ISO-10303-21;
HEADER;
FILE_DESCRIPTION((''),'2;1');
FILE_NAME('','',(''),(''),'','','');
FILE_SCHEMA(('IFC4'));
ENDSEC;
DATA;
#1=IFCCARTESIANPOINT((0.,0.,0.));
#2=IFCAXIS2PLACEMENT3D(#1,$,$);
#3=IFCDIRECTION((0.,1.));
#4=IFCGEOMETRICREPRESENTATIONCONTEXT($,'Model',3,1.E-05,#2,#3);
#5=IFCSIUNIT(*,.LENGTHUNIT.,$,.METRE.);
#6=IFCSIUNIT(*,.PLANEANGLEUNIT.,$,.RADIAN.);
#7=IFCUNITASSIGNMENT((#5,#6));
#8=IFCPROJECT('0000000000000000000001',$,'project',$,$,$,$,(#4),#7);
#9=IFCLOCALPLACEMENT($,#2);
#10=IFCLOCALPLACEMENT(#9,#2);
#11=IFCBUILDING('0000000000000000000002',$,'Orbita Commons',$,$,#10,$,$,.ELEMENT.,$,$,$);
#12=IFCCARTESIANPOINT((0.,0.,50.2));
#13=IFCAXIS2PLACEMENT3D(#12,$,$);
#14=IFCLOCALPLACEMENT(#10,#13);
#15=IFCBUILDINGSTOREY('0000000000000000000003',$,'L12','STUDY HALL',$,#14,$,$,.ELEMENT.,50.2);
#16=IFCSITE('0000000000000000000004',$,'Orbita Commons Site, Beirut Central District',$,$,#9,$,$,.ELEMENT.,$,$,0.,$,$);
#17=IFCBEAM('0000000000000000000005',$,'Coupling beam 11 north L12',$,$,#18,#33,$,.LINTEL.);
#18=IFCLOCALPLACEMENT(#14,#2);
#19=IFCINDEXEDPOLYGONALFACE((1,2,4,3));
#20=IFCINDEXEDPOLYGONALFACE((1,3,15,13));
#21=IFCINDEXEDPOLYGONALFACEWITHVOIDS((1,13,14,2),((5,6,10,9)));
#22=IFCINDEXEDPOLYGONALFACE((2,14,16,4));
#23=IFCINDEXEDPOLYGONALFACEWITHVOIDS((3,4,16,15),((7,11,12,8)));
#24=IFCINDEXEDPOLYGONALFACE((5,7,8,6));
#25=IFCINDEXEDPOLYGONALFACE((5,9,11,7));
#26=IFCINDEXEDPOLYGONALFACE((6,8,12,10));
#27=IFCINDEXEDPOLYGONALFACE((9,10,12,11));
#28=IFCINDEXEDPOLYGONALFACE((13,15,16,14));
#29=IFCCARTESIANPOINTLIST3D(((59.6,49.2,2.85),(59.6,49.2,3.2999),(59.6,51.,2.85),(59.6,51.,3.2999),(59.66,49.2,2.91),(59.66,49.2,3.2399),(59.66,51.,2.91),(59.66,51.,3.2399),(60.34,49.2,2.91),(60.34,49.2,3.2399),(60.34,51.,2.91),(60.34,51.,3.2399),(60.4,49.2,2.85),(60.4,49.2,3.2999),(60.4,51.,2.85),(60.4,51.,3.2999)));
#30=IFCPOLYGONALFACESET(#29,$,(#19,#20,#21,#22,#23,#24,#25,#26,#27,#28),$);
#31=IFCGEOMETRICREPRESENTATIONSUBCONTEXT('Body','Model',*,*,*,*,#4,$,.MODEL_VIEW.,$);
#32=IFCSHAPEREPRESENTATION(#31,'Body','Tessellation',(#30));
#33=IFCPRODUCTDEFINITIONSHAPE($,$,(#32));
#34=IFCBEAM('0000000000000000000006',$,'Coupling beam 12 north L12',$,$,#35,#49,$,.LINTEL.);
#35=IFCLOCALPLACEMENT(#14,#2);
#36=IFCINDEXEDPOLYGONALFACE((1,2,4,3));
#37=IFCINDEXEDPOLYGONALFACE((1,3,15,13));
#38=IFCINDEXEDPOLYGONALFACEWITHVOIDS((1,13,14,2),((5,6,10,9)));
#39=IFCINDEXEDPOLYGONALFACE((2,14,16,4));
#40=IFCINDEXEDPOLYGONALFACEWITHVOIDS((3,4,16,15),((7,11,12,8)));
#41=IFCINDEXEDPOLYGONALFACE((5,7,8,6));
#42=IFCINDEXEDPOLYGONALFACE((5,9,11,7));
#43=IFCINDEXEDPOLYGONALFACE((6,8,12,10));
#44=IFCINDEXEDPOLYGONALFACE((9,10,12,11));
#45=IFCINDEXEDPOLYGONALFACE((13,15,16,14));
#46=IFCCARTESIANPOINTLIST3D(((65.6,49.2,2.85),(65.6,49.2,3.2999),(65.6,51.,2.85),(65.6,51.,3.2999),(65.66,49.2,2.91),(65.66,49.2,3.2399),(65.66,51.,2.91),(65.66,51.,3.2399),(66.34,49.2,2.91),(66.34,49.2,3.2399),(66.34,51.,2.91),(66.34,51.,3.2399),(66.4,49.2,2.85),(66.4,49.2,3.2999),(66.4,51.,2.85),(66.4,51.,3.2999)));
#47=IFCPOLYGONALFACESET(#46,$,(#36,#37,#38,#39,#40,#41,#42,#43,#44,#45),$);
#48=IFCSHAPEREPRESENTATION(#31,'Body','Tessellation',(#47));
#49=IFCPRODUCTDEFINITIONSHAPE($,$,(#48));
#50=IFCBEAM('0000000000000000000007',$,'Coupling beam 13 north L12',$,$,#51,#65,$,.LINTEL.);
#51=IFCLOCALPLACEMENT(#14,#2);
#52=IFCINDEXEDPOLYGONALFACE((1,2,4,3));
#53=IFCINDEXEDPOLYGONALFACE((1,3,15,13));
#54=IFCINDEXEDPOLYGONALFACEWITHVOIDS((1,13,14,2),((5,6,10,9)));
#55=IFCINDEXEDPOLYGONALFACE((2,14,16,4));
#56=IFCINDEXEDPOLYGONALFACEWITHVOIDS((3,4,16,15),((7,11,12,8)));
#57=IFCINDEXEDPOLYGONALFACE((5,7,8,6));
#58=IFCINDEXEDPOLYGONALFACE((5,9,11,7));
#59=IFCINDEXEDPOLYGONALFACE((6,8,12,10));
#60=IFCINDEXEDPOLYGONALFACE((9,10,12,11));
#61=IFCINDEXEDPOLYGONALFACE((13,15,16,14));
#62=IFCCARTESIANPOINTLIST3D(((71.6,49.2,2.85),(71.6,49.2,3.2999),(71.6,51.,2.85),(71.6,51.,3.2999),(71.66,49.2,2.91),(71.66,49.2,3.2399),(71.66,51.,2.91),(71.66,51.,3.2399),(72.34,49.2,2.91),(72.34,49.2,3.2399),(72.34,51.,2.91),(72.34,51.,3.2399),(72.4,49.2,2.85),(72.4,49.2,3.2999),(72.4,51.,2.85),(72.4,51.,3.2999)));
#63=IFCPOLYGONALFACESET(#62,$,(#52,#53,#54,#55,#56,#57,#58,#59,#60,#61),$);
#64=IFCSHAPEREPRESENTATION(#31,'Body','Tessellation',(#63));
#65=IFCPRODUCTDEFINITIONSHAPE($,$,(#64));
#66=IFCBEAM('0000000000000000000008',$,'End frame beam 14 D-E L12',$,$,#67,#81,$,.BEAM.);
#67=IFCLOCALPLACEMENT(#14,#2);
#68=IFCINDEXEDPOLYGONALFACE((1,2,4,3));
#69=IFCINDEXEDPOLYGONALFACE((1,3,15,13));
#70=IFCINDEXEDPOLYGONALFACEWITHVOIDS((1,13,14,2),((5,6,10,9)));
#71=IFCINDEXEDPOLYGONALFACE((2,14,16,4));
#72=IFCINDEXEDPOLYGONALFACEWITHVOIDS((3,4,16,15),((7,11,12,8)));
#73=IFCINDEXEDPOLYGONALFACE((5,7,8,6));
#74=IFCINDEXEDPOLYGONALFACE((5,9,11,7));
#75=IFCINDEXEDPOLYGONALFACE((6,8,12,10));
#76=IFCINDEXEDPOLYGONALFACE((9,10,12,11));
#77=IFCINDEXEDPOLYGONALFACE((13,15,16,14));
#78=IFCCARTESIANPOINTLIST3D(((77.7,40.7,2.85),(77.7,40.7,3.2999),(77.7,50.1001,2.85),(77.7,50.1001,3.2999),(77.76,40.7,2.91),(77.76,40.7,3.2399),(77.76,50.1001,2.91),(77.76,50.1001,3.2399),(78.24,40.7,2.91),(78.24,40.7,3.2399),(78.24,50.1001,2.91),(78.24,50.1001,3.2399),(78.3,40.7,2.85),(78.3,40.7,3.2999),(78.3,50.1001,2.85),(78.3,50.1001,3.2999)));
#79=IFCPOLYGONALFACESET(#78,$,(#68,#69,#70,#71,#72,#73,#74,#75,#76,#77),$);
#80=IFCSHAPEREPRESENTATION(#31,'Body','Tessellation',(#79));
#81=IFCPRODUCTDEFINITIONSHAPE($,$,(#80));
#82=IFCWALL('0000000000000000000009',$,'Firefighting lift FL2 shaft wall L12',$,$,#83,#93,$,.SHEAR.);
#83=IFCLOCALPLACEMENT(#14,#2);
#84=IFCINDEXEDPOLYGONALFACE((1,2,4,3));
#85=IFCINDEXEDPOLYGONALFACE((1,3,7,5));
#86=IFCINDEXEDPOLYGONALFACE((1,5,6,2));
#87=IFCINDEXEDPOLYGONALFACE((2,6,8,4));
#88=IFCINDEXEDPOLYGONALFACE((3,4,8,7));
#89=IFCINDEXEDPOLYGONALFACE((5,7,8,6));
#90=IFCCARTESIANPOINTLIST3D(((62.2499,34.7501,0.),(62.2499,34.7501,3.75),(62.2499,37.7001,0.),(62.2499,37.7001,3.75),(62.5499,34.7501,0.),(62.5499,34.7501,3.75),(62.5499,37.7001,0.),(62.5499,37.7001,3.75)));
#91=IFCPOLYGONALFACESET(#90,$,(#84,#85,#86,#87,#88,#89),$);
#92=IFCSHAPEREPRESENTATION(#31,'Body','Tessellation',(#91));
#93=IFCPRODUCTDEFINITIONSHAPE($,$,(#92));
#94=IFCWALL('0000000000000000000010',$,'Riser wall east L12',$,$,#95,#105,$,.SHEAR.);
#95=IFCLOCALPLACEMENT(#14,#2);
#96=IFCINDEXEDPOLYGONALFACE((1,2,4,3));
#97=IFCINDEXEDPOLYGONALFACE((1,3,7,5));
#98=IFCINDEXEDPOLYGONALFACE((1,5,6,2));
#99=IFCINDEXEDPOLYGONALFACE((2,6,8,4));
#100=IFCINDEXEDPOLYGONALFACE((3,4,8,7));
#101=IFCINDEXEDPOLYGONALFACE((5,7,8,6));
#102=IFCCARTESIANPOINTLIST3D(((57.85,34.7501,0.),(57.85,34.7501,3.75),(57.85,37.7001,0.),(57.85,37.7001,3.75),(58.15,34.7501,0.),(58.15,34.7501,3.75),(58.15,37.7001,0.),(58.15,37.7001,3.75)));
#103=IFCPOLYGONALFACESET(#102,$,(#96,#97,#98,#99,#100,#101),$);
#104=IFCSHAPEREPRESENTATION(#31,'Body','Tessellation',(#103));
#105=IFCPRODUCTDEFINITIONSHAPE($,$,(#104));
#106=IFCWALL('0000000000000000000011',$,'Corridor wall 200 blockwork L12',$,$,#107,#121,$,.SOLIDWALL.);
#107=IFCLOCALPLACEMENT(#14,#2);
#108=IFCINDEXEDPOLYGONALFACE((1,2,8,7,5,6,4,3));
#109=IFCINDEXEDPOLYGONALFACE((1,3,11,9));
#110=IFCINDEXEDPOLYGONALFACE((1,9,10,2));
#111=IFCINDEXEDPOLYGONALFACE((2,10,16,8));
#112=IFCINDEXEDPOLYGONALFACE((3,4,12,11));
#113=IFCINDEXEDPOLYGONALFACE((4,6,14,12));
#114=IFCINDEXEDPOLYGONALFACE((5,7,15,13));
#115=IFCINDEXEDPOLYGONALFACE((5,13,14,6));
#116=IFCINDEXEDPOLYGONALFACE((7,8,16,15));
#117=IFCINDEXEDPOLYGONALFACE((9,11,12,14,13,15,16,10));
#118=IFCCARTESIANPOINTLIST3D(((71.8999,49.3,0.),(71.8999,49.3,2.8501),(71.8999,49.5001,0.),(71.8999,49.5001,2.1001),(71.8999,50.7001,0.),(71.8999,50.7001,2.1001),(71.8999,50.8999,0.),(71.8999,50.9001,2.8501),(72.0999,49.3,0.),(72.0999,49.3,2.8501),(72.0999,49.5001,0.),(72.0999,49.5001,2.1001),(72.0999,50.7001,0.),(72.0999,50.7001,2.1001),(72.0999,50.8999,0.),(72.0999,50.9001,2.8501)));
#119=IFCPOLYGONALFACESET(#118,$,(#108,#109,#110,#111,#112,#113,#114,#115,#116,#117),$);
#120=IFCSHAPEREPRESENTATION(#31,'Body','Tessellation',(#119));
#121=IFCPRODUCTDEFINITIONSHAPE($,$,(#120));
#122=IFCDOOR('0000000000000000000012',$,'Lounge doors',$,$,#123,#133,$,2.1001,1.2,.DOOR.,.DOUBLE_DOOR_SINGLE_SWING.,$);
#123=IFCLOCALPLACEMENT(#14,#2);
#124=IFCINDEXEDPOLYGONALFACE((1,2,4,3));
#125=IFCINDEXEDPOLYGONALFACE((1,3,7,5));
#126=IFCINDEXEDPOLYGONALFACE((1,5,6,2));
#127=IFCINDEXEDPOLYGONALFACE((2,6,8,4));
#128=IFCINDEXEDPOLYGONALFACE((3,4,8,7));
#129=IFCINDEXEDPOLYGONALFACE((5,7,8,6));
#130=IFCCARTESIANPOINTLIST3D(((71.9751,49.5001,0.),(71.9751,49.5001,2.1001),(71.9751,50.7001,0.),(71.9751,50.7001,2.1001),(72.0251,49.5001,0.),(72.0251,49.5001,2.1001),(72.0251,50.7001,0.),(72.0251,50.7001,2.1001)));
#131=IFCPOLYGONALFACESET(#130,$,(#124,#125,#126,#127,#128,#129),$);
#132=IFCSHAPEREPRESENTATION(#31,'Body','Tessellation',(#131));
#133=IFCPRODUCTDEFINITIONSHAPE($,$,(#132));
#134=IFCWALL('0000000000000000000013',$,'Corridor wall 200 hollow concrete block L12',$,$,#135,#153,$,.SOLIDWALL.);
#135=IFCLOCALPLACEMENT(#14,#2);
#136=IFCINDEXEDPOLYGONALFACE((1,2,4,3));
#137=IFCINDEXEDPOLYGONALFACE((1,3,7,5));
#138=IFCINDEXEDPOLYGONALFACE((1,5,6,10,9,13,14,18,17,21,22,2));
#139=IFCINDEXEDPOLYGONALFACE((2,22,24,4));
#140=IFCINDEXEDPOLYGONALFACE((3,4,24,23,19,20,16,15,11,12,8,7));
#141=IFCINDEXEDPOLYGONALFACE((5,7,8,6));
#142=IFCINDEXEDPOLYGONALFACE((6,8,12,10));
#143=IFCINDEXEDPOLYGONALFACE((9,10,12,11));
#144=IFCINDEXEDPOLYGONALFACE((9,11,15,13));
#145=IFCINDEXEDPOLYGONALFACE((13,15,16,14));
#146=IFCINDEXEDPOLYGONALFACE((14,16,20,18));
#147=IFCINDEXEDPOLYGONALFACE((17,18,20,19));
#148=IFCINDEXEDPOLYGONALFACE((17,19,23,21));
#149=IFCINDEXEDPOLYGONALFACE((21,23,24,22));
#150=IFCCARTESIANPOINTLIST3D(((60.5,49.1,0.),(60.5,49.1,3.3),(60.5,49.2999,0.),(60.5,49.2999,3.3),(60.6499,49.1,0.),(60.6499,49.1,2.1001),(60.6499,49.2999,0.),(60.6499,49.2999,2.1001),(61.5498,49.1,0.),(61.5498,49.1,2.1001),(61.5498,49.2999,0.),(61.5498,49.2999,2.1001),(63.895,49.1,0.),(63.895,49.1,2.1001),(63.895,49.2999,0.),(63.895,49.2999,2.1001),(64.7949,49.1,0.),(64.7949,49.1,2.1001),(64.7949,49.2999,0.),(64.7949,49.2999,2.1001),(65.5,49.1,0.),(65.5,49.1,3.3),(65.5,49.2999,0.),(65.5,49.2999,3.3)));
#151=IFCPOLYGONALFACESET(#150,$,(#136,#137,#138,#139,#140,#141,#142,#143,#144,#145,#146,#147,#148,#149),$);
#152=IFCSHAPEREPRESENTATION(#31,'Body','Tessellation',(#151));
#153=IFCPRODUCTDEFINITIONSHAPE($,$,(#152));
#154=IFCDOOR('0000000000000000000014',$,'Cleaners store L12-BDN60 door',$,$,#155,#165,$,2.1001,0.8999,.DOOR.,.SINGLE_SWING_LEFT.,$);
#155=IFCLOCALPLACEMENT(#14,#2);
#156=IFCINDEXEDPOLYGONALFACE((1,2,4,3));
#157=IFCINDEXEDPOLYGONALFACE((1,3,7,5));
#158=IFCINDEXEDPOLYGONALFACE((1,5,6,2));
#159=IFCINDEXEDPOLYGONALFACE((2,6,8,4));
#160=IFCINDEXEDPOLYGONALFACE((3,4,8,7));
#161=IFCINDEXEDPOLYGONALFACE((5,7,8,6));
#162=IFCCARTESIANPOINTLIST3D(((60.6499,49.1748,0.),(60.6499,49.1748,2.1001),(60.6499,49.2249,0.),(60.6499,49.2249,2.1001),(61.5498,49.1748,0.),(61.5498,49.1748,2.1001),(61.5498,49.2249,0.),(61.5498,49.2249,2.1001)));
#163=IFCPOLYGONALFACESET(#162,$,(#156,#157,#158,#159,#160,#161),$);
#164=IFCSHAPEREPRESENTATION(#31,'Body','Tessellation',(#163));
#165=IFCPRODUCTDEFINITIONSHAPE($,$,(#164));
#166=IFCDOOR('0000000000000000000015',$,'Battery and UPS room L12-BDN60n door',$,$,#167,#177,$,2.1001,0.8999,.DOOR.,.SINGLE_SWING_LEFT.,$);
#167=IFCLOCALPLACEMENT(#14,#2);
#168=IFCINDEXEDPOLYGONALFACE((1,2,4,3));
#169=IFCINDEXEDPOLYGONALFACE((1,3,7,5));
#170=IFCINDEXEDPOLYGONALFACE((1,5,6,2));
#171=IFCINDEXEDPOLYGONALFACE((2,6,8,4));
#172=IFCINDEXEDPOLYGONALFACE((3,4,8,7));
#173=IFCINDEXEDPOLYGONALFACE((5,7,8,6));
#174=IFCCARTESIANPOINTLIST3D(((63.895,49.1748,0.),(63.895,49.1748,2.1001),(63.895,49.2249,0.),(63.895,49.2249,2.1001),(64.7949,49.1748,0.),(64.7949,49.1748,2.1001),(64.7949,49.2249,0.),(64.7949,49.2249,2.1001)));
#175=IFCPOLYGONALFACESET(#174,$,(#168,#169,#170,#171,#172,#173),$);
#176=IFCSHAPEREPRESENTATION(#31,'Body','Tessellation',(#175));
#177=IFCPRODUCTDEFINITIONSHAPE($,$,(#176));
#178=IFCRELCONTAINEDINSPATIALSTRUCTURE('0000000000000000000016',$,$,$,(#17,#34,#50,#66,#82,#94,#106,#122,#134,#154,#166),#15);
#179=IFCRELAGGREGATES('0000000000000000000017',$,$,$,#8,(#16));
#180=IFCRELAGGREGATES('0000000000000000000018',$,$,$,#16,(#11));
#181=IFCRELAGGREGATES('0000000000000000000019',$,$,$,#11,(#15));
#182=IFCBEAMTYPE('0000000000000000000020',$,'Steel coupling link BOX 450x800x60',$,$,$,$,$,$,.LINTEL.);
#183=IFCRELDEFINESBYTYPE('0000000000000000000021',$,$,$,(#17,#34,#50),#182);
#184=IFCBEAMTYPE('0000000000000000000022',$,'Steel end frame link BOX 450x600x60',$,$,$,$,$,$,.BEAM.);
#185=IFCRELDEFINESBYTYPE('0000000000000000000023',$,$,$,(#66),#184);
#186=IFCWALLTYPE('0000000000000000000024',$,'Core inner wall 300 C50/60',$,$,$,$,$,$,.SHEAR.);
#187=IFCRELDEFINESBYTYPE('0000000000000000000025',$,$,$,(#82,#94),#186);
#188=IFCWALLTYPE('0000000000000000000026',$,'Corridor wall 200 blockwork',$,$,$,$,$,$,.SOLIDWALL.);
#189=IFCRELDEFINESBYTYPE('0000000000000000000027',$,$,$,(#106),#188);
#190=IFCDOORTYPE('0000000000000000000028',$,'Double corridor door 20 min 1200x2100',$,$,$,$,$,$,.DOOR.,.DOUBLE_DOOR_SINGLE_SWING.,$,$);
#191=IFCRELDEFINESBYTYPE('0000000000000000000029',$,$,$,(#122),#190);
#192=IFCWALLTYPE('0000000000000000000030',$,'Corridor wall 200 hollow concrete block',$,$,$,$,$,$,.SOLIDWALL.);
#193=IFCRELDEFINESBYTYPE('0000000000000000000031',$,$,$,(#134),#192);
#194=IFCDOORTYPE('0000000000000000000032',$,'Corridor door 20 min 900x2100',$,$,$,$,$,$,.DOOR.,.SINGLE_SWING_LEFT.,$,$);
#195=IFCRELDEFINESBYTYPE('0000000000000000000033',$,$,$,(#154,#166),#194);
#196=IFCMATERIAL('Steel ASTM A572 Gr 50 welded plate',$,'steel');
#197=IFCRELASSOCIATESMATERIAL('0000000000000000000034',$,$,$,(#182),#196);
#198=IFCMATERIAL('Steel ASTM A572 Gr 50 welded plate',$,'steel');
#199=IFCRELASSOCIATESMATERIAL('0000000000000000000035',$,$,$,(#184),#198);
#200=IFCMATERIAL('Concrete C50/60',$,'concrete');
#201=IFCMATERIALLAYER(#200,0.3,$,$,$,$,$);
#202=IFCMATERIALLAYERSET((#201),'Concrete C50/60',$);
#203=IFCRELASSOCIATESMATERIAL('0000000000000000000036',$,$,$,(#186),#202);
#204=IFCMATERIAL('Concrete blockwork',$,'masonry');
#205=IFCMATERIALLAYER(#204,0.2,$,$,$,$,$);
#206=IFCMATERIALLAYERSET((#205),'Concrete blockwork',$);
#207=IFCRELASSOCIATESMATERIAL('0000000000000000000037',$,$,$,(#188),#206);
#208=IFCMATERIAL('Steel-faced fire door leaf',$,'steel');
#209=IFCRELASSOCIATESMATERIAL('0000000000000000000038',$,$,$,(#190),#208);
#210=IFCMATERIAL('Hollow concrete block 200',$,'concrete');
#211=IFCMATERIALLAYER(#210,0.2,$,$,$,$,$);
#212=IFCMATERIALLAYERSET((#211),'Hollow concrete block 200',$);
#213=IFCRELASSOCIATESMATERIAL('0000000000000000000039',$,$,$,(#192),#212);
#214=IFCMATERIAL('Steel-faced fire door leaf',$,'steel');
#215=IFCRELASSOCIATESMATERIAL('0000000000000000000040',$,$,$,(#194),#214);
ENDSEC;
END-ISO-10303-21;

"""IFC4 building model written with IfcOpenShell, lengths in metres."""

from ifc_helpers import new_model, si_unit, direction, frame, frame_2d, origin, origin_2d, place, context, subcontext, project, spatial, polyline, rectangle, hollow_rectangle, outline, extrude, material, layer, layer_set, material_profile, profile_set, type_object, element, fill, save


model = new_model("IFC4")

# Units and contexts
model_context = context("Model", 3, precision=1e-05, world=origin(), true_north=direction((0.0, 1.0)))
body_context = subcontext(model_context, "Body", "Model", "MODEL_VIEW")
ifc_project = project(units=[si_unit("LENGTHUNIT", "METRE"), si_unit("PLANEANGLEUNIT", "RADIAN")], contexts=[model_context])

# Site, building, storey
site_placement = place(None, origin())
site = spatial("IfcSite", under=ifc_project, at=site_placement, Name="Orbita Commons Site, Beirut Central District", CompositionType="ELEMENT", RefElevation=0.0)
building_placement = place(site_placement, origin())
building = spatial("IfcBuilding", under=site, at=building_placement, Name="Orbita Commons", CompositionType="ELEMENT")
storey_placement = place(building_placement, frame((0.0, 0.0, 50.2)))
storey = spatial("IfcBuildingStorey", under=building, at=storey_placement, Name="L12", Description="STUDY HALL", CompositionType="ELEMENT", Elevation=50.2)

# Beams
ifc_material_1 = material(Name="Steel ASTM A572 Gr 50 welded plate", Category="steel")
ifc_material_profile_1 = material_profile(ifc_material_1, hollow_rectangle(XDim=0.8, YDim=0.45, WallThickness=0.0601, at=origin_2d()), Name="BOX 450x800x60")
ifc_profile_set_1 = profile_set([ifc_material_profile_1], Name="Steel ASTM A572 Gr 50 welded plate")
beam_type_1 = type_object("IfcBeamType", Name="Steel coupling link BOX 450x800x60", PredefinedType="LINTEL", material=ifc_profile_set_1)
for number, where, z_axis, x_axis, name in (
    (1, (60.0, 49.2, 3.075), (0.0, 1.0, 0.0), (-1.0, 0.0, 0.0), "Coupling beam 11 north L12"),
    (2, (66.0, 49.2, 3.075), (0.0, 1.0, 0.0), (-1.0, 0.0, 0.0), "Coupling beam 12 north L12"),
    (3, (72.0, 49.2, 3.075), (0.0, 1.0, 0.0), (-1.0, 0.0, 0.0), "Coupling beam 13 north L12"),
):
    element("IfcBeam", number, at=place(storey_placement, frame(where, z_axis=z_axis, x_axis=x_axis)), inside=storey, type_object=beam_type_1, Name=name, PredefinedType="LINTEL", context=body_context, shape_type="SweptSolid", body=[
        extrude(hollow_rectangle(XDim=0.8, YDim=0.45, WallThickness=0.0601, at=origin_2d()), origin(), (0.0, 0.0, 1.0), 1.8),
    ])
ifc_material_2 = material(Name="Steel ASTM A572 Gr 50 welded plate", Category="steel")
ifc_material_profile_2 = material_profile(ifc_material_2, hollow_rectangle(XDim=0.6001, YDim=0.45, WallThickness=0.0601, at=origin_2d()), Name="BOX 450x600x60")
ifc_profile_set_2 = profile_set([ifc_material_profile_2], Name="Steel ASTM A572 Gr 50 welded plate")
beam_type_2 = type_object("IfcBeamType", Name="Steel end frame link BOX 450x600x60", PredefinedType="BEAM", material=ifc_profile_set_2)
beam_placement = place(storey_placement, frame((78.0, 40.7, 3.075), z_axis=(0.0, 1.0, 0.0), x_axis=(-1.0, 0.0, 0.0)))
element("IfcBeam", 4, at=beam_placement, inside=storey, type_object=beam_type_2, Name="End frame beam 14 D-E L12", PredefinedType="BEAM", context=body_context, shape_type="SweptSolid", body=[
    extrude(hollow_rectangle(XDim=0.6001, YDim=0.45, WallThickness=0.0601, at=origin_2d()), origin(), (0.0, 0.0, 1.0), 9.4001),
])

# Walls
ifc_material_3 = material(Name="Concrete C50/60", Category="concrete")
ifc_layer_1 = layer(ifc_material_3, 0.3)
ifc_layer_set_1 = layer_set([ifc_layer_1], Name="Concrete C50/60")
wall_type_1 = type_object("IfcWallType", Name="Core inner wall 300 C50/60", PredefinedType="SHEAR", material=ifc_layer_set_1)
for number, where, z_axis, x_axis, name in (
    (5, (62.3999, 34.75, 0.0), (0.0, 0.0, 1.0), (0.0, 1.0, 0.0), "Firefighting lift FL2 shaft wall L12"),
    (6, (58.0, 34.75, 0.0), (0.0, 0.0, 1.0), (0.0, 1.0, 0.0), "Riser wall east L12"),
):
    element("IfcWall", number, at=place(storey_placement, frame(where, z_axis=z_axis, x_axis=x_axis)), inside=storey, type_object=wall_type_1, Name=name, PredefinedType="SHEAR", context=body_context, shape_type="SweptSolid", body=[
        extrude(rectangle(XDim=2.95, YDim=0.3, at=frame_2d((1.4751, 0.0))), origin(), (0.0, 0.0, 1.0), 3.75),
    ])

# Wall, opening, door
ifc_material_4 = material(Name="Concrete blockwork", Category="masonry")
ifc_layer_2 = layer(ifc_material_4, 0.2)
ifc_layer_set_2 = layer_set([ifc_layer_2], Name="Concrete blockwork")
wall_type_2 = type_object("IfcWallType", Name="Corridor wall 200 blockwork", PredefinedType="SOLIDWALL", material=ifc_layer_set_2)
wall_1_placement = place(storey_placement, frame((72.0, 49.3, 0.0), z_axis=(0.0, 0.0, 1.0), x_axis=(0.0, 1.0, 0.0)))
wall_1 = element("IfcWall", 7, at=wall_1_placement, inside=storey, type_object=wall_type_2, Name="Corridor wall 200 blockwork L12", PredefinedType="SOLIDWALL", context=body_context, shape_type="SweptSolid", body=[
    extrude(outline(polyline([(0.0, 0.0), (1.5999, 0.0), (1.6001, 2.8501), (0.0, 2.8501), (0.0, 0.0)])), frame((0.0, 0.1001, 0.0), z_axis=(0.0, -1.0, 0.0), x_axis=(1.0, 0.0, 0.0)), (0.0, 0.0, 1.0), 0.2),
])
opening_1_placement = place(wall_1_placement, frame((0.2, 0.0, 0.0)))
opening_1 = element("IfcOpeningElement", 8, at=opening_1_placement, cuts=wall_1, PredefinedType="OPENING", context=body_context, shape_type="SweptSolid", body=[
    extrude(rectangle(XDim=1.2, YDim=2.1001, at=frame_2d((0.6001, 1.05))), frame((0.0, 0.1099, 0.0), z_axis=(0.0, -1.0, 0.0), x_axis=(1.0, 0.0, 0.0)), (0.0, 0.0, 1.0), 0.22),
])
ifc_material_5 = material(Name="Steel-faced fire door leaf", Category="steel")
door_type_1 = type_object("IfcDoorType", Name="Double corridor door 20 min 1200x2100", OperationType="DOUBLE_DOOR_SINGLE_SWING", PredefinedType="DOOR", material=ifc_material_5)
door_1_placement = place(opening_1_placement, origin())
door_1 = element("IfcDoor", 9, at=door_1_placement, inside=storey, type_object=door_type_1, Name="Lounge doors", OperationType="DOUBLE_DOOR_SINGLE_SWING", OverallHeight=2.1001, OverallWidth=1.2, PredefinedType="DOOR", context=body_context, shape_type="SweptSolid", body=[
    extrude(rectangle(XDim=1.2, YDim=2.1001, at=frame_2d((0.6001, 1.05))), frame((0.0, 0.0249, 0.0), z_axis=(0.0, -1.0, 0.0), x_axis=(1.0, 0.0, 0.0)), (0.0, 0.0, 1.0), 0.05),
])
fill(opening_1, door_1)

# Wall, openings, doors
ifc_material_6 = material(Name="Hollow concrete block 200", Category="concrete")
ifc_layer_3 = layer(ifc_material_6, 0.2)
ifc_layer_set_3 = layer_set([ifc_layer_3], Name="Hollow concrete block 200")
wall_type_3 = type_object("IfcWallType", Name="Corridor wall 200 hollow concrete block", PredefinedType="SOLIDWALL", material=ifc_layer_set_3)
wall_2_placement = place(storey_placement, frame((60.5, 49.2, 0.0), z_axis=(0.0, 0.0, 1.0), x_axis=(1.0, 0.0, 0.0)))
wall_2 = element("IfcWall", 10, at=wall_2_placement, inside=storey, type_object=wall_type_3, Name="Corridor wall 200 hollow concrete block L12", PredefinedType="SOLIDWALL", context=body_context, shape_type="SweptSolid", body=[
    extrude(rectangle(XDim=5.0, YDim=0.2, at=frame_2d((2.5, 0.0))), origin(), (0.0, 0.0, 1.0), 3.3),
])
opening_2_placement = place(wall_2_placement, frame((0.1499, 0.0, 0.0)))
opening_2 = element("IfcOpeningElement", 11, at=opening_2_placement, cuts=wall_2, PredefinedType="OPENING", context=body_context, shape_type="SweptSolid", body=[
    extrude(rectangle(XDim=0.8999, YDim=2.1001, at=frame_2d((0.45, 1.05))), frame((0.0, 0.1099, 0.0), z_axis=(0.0, -1.0, 0.0), x_axis=(1.0, 0.0, 0.0)), (0.0, 0.0, 1.0), 0.22),
])
opening_3_placement = place(wall_2_placement, frame((3.395, 0.0, 0.0)))
opening_3 = element("IfcOpeningElement", 12, at=opening_3_placement, cuts=wall_2, PredefinedType="OPENING", context=body_context, shape_type="SweptSolid", body=[
    extrude(rectangle(XDim=0.8999, YDim=2.1001, at=frame_2d((0.45, 1.05))), frame((0.0, 0.1099, 0.0), z_axis=(0.0, -1.0, 0.0), x_axis=(1.0, 0.0, 0.0)), (0.0, 0.0, 1.0), 0.22),
])
ifc_material_7 = material(Name="Steel-faced fire door leaf", Category="steel")
door_type_2 = type_object("IfcDoorType", Name="Corridor door 20 min 900x2100", OperationType="SINGLE_SWING_LEFT", PredefinedType="DOOR", material=ifc_material_7)
door_2_placement = place(opening_2_placement, origin())
door_2 = element("IfcDoor", 13, at=door_2_placement, inside=storey, type_object=door_type_2, Name="Cleaners store L12-BDN60 door", OperationType="SINGLE_SWING_LEFT", OverallHeight=2.1001, OverallWidth=0.8999, PredefinedType="DOOR", context=body_context, shape_type="SweptSolid", body=[
    extrude(rectangle(XDim=0.8999, YDim=2.1001, at=frame_2d((0.45, 1.05))), frame((0.0, 0.0249, 0.0), z_axis=(0.0, -1.0, 0.0), x_axis=(1.0, 0.0, 0.0)), (0.0, 0.0, 1.0), 0.05),
])
fill(opening_2, door_2)
door_3_placement = place(opening_3_placement, origin())
door_3 = element("IfcDoor", 14, at=door_3_placement, inside=storey, type_object=door_type_2, Name="Battery and UPS room L12-BDN60n door", OperationType="SINGLE_SWING_LEFT", OverallHeight=2.1001, OverallWidth=0.8999, PredefinedType="DOOR", context=body_context, shape_type="SweptSolid", body=[
    extrude(rectangle(XDim=0.8999, YDim=2.1001, at=frame_2d((0.45, 1.05))), frame((0.0, 0.0249, 0.0), z_axis=(0.0, -1.0, 0.0), x_axis=(1.0, 0.0, 0.0)), (0.0, 0.0, 1.0), 0.05),
])
fill(opening_3, door_3)

save(model, "model.ifc")
